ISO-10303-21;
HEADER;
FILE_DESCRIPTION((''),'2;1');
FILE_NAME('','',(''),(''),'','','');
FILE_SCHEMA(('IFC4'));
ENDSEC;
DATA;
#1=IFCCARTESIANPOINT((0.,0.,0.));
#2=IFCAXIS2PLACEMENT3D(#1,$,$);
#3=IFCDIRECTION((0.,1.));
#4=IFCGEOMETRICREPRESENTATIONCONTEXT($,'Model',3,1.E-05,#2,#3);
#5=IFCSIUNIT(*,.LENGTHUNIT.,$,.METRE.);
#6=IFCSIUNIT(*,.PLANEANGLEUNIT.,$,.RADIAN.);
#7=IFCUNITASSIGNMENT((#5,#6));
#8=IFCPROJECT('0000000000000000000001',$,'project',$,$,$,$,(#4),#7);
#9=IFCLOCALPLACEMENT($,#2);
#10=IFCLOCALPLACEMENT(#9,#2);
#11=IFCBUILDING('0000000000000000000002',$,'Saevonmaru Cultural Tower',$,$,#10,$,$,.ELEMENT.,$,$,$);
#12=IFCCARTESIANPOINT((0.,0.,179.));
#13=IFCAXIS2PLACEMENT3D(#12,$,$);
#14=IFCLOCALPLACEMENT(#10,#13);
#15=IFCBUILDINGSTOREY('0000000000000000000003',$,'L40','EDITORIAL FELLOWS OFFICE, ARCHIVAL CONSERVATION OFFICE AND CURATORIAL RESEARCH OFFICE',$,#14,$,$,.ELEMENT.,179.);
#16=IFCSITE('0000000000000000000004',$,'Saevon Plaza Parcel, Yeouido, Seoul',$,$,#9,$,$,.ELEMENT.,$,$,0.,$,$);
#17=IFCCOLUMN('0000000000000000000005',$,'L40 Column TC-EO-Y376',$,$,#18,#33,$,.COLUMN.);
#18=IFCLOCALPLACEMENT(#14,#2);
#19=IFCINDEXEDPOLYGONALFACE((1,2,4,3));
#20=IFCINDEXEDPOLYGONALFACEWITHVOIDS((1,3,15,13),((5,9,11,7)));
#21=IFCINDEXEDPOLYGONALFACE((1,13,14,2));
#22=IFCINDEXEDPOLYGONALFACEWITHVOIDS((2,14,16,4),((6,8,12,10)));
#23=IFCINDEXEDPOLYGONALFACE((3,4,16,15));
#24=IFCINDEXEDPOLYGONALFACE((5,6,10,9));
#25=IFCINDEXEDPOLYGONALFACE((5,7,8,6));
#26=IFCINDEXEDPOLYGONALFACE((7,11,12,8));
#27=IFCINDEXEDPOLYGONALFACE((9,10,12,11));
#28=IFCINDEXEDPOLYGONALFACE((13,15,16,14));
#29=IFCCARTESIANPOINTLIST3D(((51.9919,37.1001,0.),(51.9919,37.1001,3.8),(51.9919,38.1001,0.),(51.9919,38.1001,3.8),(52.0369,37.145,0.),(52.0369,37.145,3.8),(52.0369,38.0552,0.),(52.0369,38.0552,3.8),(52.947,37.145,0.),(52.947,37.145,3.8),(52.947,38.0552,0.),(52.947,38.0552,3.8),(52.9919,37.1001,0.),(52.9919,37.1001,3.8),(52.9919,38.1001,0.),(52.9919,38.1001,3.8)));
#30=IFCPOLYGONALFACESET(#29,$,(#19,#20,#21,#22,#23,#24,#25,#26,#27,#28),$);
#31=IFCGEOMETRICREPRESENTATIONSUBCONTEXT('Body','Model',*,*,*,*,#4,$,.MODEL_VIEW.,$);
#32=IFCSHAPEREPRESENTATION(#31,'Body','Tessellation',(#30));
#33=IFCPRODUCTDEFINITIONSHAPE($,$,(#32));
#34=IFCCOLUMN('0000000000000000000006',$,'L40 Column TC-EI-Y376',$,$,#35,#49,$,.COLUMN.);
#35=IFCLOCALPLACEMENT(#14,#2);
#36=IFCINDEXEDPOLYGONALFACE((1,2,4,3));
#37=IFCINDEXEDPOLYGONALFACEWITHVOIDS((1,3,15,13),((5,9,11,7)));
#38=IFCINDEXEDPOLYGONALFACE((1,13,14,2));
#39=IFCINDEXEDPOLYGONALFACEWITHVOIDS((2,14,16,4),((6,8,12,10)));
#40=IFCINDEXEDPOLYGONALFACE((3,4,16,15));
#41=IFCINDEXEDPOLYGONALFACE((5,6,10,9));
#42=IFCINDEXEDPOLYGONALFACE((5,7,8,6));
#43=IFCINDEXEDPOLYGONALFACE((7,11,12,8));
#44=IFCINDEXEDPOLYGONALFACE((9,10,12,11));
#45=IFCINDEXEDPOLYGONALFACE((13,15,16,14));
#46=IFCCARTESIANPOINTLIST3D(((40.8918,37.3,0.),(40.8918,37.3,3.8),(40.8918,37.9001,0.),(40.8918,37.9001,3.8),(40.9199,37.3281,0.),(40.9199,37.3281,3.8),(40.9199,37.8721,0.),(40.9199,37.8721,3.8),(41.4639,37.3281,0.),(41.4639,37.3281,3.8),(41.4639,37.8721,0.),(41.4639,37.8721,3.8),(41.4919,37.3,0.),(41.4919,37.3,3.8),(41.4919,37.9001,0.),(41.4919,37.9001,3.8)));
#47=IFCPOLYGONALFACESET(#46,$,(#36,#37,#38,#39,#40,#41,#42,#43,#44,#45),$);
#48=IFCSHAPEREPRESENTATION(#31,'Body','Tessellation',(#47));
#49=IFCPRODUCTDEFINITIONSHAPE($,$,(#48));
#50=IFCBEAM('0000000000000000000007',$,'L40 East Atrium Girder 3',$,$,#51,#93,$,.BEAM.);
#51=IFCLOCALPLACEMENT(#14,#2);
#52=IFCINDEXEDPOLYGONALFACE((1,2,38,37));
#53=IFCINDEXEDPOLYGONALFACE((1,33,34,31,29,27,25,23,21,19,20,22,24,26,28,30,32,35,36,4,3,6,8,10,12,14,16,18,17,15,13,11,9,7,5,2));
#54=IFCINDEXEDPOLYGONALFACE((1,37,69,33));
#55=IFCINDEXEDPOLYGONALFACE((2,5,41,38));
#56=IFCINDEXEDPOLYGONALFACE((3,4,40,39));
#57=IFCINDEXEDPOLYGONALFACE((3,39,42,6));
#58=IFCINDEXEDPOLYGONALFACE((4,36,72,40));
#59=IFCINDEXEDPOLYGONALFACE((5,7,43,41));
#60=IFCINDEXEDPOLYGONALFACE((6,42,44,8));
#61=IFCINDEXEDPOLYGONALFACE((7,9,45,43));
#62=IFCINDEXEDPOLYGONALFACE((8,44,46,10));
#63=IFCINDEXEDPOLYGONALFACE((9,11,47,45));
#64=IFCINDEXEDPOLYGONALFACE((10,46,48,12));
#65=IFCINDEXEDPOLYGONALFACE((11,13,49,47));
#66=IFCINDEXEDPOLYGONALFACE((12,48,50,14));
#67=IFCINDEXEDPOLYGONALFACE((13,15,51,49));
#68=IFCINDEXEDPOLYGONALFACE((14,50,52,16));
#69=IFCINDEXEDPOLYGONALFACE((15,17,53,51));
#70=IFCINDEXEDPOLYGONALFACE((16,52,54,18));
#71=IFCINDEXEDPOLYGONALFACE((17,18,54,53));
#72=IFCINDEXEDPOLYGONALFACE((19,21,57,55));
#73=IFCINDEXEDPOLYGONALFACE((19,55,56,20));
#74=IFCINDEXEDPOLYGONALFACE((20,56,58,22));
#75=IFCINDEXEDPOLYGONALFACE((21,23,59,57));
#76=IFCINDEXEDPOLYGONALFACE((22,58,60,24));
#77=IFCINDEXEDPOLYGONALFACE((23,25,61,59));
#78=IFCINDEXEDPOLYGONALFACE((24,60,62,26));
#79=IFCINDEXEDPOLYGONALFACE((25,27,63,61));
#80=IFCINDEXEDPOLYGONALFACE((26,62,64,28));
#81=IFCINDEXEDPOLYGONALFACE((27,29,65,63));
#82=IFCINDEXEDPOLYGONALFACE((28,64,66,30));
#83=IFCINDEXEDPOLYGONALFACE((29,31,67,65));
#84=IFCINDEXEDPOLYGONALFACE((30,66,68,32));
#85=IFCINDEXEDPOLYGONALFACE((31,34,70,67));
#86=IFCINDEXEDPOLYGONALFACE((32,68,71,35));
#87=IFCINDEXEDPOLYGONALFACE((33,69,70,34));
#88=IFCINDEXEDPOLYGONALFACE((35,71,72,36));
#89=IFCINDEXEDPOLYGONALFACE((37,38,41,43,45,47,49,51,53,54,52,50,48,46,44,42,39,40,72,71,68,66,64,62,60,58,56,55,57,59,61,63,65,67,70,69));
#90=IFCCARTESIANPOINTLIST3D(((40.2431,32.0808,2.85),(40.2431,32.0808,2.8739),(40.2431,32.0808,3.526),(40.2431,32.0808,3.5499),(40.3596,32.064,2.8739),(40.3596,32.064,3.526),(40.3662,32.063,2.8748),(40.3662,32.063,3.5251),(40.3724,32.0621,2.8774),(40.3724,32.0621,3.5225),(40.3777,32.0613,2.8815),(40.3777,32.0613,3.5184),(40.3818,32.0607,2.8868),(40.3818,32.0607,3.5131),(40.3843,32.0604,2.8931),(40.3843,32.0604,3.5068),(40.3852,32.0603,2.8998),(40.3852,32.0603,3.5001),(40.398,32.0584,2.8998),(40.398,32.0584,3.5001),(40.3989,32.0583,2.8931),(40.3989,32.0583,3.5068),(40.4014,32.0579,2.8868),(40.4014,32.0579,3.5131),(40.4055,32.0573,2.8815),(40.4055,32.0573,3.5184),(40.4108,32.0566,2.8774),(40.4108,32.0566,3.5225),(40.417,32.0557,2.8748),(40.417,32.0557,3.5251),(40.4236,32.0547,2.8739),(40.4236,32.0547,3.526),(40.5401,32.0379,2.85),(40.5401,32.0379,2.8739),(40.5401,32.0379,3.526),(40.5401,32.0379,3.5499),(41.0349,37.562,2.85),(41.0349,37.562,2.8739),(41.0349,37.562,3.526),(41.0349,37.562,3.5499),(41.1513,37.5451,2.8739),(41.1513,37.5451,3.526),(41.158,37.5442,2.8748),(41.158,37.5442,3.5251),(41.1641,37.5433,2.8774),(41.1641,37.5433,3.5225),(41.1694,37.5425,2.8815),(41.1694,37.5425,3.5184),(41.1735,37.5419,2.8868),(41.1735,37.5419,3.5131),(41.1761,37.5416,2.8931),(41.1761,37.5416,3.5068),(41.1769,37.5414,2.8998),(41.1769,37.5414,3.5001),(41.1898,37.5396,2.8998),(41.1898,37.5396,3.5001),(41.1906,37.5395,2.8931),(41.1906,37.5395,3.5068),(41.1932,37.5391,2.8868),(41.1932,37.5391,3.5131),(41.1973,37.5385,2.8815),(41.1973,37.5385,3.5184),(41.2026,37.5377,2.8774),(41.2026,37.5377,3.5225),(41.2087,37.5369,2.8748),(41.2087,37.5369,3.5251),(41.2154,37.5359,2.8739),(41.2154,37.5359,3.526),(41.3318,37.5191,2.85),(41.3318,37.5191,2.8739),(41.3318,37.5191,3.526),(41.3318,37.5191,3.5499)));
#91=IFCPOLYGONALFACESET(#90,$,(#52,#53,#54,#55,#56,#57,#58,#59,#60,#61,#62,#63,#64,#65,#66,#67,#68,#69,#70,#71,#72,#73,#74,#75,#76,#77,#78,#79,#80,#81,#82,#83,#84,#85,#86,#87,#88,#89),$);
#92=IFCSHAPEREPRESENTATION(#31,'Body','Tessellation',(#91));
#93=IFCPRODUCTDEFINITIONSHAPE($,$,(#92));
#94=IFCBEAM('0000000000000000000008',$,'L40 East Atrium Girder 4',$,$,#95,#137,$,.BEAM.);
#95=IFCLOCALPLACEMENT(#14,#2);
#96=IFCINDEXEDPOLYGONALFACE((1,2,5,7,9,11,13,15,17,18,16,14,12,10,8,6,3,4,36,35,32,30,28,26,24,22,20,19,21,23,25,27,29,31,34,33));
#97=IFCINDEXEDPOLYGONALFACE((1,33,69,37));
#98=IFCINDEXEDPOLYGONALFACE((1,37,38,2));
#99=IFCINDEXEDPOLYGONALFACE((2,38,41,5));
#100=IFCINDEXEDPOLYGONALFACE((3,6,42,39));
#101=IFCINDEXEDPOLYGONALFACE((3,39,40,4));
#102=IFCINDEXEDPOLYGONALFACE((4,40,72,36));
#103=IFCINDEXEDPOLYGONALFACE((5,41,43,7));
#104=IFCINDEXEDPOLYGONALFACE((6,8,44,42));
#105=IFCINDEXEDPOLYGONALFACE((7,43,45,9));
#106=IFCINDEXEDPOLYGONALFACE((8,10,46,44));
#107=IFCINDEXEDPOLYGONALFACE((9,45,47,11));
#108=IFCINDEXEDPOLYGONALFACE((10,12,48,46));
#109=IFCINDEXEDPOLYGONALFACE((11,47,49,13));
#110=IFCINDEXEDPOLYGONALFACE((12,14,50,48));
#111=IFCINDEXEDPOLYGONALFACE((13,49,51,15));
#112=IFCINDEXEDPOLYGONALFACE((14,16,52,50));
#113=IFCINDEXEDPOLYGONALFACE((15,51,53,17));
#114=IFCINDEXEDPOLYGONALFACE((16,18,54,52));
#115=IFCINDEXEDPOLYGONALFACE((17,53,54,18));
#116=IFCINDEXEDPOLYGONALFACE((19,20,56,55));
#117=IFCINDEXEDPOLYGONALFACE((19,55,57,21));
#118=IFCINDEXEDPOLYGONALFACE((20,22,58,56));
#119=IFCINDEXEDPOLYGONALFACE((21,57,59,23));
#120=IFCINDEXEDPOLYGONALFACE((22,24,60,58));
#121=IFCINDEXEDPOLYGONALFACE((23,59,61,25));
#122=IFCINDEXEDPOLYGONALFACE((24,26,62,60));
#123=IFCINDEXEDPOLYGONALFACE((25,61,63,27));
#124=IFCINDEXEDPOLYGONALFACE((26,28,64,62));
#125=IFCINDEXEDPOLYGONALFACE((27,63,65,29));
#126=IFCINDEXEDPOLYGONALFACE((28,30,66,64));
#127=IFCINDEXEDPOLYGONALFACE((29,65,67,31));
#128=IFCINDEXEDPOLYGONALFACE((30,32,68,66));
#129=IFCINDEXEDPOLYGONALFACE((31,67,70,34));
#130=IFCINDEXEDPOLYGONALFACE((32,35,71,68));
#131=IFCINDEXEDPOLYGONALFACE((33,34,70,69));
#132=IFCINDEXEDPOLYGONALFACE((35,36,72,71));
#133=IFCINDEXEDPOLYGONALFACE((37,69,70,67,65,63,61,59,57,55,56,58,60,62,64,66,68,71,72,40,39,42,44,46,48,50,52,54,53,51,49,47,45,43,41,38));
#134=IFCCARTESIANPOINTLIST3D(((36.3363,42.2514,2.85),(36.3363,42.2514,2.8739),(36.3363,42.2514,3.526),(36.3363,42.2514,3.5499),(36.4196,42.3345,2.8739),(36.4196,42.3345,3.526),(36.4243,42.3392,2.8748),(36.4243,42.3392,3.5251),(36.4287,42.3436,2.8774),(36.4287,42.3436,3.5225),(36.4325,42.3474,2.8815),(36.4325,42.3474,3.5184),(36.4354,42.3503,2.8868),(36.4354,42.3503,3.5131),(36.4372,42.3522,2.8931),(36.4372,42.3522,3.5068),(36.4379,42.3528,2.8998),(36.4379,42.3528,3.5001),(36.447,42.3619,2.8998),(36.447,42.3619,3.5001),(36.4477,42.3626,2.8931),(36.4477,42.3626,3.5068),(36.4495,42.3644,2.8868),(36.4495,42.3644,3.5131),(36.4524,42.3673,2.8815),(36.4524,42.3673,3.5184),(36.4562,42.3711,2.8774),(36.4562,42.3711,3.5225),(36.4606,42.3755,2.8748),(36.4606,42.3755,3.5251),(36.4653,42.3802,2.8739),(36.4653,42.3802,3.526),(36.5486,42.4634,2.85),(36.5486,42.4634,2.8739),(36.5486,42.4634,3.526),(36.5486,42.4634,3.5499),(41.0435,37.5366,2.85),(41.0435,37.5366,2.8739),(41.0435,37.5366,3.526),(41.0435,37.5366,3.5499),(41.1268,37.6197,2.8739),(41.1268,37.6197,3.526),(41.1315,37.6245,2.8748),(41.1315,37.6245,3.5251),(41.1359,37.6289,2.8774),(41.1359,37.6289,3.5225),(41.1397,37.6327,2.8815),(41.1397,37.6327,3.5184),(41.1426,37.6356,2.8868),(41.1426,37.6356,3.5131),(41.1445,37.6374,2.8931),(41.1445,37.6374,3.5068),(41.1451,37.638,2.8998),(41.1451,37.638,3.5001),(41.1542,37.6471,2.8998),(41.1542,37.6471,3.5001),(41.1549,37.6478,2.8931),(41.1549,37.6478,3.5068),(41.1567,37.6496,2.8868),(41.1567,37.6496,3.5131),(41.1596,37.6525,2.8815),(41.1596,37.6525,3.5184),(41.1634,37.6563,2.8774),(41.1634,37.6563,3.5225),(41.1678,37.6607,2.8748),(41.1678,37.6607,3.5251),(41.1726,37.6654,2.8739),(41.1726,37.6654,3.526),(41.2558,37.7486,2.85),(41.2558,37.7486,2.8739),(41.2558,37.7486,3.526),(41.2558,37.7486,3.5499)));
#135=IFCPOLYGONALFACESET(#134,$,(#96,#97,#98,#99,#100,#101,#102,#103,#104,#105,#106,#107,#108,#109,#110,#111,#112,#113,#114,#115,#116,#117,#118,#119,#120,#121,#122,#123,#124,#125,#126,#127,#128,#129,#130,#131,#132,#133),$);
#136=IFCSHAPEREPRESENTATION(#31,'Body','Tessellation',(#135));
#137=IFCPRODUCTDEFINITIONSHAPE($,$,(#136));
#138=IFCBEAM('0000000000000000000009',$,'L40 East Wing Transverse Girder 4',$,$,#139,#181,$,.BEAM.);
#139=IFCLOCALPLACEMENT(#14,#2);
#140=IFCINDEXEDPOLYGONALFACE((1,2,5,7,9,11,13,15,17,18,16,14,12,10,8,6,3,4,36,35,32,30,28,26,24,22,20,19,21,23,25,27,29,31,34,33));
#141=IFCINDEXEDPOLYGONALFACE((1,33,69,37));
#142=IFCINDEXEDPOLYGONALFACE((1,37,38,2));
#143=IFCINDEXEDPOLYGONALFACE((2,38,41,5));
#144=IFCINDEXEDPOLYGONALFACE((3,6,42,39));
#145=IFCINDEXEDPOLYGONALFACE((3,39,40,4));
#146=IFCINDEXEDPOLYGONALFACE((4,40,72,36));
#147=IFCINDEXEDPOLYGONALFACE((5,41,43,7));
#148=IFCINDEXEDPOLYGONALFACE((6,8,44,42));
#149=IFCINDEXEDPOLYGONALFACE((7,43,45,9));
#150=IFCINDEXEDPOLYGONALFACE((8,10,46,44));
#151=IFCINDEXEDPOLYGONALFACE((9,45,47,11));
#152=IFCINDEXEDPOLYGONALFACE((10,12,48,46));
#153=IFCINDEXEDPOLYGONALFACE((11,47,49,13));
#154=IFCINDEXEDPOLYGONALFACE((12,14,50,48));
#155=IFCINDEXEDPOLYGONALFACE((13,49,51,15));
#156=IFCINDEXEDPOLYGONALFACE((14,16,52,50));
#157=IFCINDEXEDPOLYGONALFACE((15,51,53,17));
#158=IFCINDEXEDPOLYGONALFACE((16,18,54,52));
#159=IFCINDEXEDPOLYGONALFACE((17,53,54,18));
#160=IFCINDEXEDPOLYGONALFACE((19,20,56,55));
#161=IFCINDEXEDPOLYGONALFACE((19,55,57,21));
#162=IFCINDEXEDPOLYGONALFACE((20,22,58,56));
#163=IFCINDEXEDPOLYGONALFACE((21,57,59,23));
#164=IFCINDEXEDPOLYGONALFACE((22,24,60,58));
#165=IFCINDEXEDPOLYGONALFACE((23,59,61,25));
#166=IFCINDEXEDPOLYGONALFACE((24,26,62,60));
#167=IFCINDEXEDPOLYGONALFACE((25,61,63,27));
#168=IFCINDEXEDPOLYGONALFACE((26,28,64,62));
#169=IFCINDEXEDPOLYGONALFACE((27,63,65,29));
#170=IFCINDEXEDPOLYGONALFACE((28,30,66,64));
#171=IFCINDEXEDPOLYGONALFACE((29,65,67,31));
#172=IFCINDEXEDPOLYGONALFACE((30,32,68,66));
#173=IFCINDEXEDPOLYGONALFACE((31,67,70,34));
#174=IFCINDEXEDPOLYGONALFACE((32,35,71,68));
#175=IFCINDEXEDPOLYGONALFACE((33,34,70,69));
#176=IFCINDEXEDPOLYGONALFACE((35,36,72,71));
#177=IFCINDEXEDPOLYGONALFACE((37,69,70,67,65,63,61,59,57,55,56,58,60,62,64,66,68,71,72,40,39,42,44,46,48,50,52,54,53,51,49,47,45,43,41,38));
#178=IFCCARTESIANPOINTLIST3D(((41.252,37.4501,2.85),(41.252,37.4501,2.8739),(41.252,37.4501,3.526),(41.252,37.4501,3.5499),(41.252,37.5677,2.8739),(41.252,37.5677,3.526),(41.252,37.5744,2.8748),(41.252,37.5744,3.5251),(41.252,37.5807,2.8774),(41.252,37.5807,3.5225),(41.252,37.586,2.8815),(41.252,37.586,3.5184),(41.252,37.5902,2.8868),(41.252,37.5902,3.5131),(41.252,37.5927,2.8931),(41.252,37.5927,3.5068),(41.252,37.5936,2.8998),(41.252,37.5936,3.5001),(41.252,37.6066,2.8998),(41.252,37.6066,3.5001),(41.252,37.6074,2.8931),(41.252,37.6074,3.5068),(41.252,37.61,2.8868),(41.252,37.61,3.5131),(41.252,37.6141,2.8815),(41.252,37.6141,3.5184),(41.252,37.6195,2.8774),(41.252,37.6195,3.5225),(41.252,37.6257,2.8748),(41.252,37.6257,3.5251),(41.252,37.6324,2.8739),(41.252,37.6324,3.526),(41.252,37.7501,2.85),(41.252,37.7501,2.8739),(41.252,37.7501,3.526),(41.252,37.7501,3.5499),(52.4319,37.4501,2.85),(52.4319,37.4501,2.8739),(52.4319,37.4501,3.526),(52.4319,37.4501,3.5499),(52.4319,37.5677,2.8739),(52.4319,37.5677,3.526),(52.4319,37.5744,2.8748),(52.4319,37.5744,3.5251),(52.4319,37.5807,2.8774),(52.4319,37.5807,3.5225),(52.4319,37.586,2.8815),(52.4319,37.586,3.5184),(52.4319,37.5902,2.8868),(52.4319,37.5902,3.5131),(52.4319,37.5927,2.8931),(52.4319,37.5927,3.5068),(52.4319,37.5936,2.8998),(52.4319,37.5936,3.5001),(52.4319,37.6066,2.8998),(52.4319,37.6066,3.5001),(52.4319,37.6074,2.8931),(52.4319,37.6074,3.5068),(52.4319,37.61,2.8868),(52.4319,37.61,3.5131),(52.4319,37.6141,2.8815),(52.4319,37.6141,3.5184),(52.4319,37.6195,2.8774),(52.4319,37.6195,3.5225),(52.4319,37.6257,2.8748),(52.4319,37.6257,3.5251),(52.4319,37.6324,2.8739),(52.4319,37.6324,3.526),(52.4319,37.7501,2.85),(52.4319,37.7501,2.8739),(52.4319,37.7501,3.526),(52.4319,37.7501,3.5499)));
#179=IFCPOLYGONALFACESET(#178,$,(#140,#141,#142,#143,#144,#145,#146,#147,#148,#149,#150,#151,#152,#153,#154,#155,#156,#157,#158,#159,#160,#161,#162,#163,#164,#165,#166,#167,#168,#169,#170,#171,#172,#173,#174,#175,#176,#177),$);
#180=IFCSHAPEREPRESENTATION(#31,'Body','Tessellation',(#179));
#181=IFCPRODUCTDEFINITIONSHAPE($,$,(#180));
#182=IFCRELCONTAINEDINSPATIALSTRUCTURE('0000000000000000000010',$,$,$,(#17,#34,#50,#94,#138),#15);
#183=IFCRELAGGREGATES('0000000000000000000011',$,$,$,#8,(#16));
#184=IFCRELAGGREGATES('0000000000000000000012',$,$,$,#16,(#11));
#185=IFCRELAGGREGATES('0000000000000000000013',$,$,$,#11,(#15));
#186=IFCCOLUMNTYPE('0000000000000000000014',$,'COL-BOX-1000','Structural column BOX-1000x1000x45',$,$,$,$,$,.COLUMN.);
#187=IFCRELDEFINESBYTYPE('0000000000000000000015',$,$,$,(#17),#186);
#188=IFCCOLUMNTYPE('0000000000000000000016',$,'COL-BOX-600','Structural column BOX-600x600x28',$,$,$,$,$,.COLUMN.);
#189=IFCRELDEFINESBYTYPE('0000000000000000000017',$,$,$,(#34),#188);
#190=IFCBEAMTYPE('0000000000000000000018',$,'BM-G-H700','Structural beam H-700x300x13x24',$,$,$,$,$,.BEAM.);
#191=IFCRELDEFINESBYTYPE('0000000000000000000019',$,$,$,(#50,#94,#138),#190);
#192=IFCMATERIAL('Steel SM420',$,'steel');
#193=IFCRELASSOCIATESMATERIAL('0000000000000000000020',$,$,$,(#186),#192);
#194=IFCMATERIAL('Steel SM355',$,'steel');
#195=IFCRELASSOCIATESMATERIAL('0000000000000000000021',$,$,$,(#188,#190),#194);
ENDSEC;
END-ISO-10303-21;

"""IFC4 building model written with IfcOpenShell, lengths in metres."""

from ifc_helpers import new_model, si_unit, direction, frame, origin, origin_2d, place, context, subcontext, project, spatial, hollow_rectangle, i_section, extrude, material, material_profile, profile_set, type_object, element, save


model = new_model("IFC4")

# Units and contexts
model_context = context("Model", 3, precision=1e-05, world=origin(), true_north=direction((0.0, 1.0)))
body_context = subcontext(model_context, "Body", "Model", "MODEL_VIEW")
ifc_project = project(units=[si_unit("LENGTHUNIT", "METRE"), si_unit("PLANEANGLEUNIT", "RADIAN")], contexts=[model_context])

# Site, building, storey
site_placement = place(None, origin())
site = spatial("IfcSite", under=ifc_project, at=site_placement, Name="Saevon Plaza Parcel, Yeouido, Seoul", CompositionType="ELEMENT", RefElevation=0.0)
building_placement = place(site_placement, origin())
building = spatial("IfcBuilding", under=site, at=building_placement, Name="Saevonmaru Cultural Tower", CompositionType="ELEMENT")
storey_placement = place(building_placement, frame((0.0, 0.0, 179.0)))
storey = spatial("IfcBuildingStorey", under=building, at=storey_placement, Name="L40", Description="EDITORIAL FELLOWS OFFICE, ARCHIVAL CONSERVATION OFFICE AND CURATORIAL RESEARCH OFFICE", CompositionType="ELEMENT", Elevation=179.0)

# Columns
ifc_material_1 = material(Name="Steel SM420", Category="steel")
ifc_material_profile_1 = material_profile(ifc_material_1, hollow_rectangle(XDim=1.0, YDim=1.0, WallThickness=0.0449, at=origin_2d()), Name="BOX-1000x1000x45")
ifc_profile_set_1 = profile_set([ifc_material_profile_1], Name="Steel SM420")
column_type_1 = type_object("IfcColumnType", Name="COL-BOX-1000", Description="Structural column BOX-1000x1000x45", PredefinedType="COLUMN", material=ifc_profile_set_1)
column_1_placement = place(storey_placement, frame((52.4919, 37.6001, 0.0), z_axis=(0.0, 0.0, 1.0), x_axis=(1.0, 0.0, 0.0)))
element("IfcColumn", 1, at=column_1_placement, inside=storey, type_object=column_type_1, Name="L40 Column TC-EO-Y376", PredefinedType="COLUMN", context=body_context, shape_type="SweptSolid", body=[
    extrude(hollow_rectangle(XDim=1.0, YDim=1.0, WallThickness=0.0449, at=origin_2d()), origin(), (0.0, 0.0, 1.0), 3.8),
])
ifc_material_2 = material(Name="Steel SM355", Category="steel")
ifc_material_profile_2 = material_profile(ifc_material_2, hollow_rectangle(XDim=0.6001, YDim=0.6001, WallThickness=0.0281, at=origin_2d()), Name="BOX-600x600x28")
ifc_profile_set_2 = profile_set([ifc_material_profile_2], Name="Steel SM355")
column_type_2 = type_object("IfcColumnType", Name="COL-BOX-600", Description="Structural column BOX-600x600x28", PredefinedType="COLUMN", material=ifc_profile_set_2)
column_2_placement = place(storey_placement, frame((41.1919, 37.6001, 0.0), z_axis=(0.0, 0.0, 1.0), x_axis=(1.0, 0.0, 0.0)))
element("IfcColumn", 2, at=column_2_placement, inside=storey, type_object=column_type_2, Name="L40 Column TC-EI-Y376", PredefinedType="COLUMN", context=body_context, shape_type="SweptSolid", body=[
    extrude(hollow_rectangle(XDim=0.6001, YDim=0.6001, WallThickness=0.0281, at=origin_2d()), origin(), (0.0, 0.0, 1.0), 3.8),
])

# Beams
ifc_material_profile_3 = material_profile(ifc_material_2, i_section(OverallWidth=0.3, OverallDepth=0.7, WebThickness=0.0129, FlangeThickness=0.0239, FilletRadius=0.0259, at=origin_2d()), Name="H-700x300x13x24")
ifc_profile_set_3 = profile_set([ifc_material_profile_3], Name="Steel SM355")
beam_type_1 = type_object("IfcBeamType", Name="BM-G-H700", Description="Structural beam H-700x300x13x24", PredefinedType="BEAM", material=ifc_profile_set_3)
beam_1_placement = place(storey_placement, frame((40.3916, 32.0593, 3.2), z_axis=(0.142964, 0.989728, 0.0), x_axis=(-0.989728, 0.142964, 0.0)))
element("IfcBeam", 3, at=beam_1_placement, inside=storey, type_object=beam_type_1, Name="L40 East Atrium Girder 3", PredefinedType="BEAM", context=body_context, shape_type="SweptSolid", body=[
    extrude(i_section(OverallWidth=0.3, OverallDepth=0.7, WebThickness=0.0129, FlangeThickness=0.0239, FilletRadius=0.0259, at=origin_2d()), origin(), (0.0, 0.0, 1.0), 5.5381),
])
beam_2_placement = place(storey_placement, frame((41.1497, 37.6426, 3.2), z_axis=(-0.706539, 0.707675, 0.0), x_axis=(-0.707675, -0.706539, 0.0)))
element("IfcBeam", 4, at=beam_2_placement, inside=storey, type_object=beam_type_1, Name="L40 East Atrium Girder 4", PredefinedType="BEAM", context=body_context, shape_type="SweptSolid", body=[
    extrude(i_section(OverallWidth=0.3, OverallDepth=0.7, WebThickness=0.0129, FlangeThickness=0.0239, FilletRadius=0.0259, at=origin_2d()), origin(), (0.0, 0.0, 1.0), 6.6624),
])
beam_3_placement = place(storey_placement, frame((41.252, 37.6001, 3.2), z_axis=(1.0, 0.0, 0.0), x_axis=(0.0, 1.0, 0.0)))
element("IfcBeam", 5, at=beam_3_placement, inside=storey, type_object=beam_type_1, Name="L40 East Wing Transverse Girder 4", PredefinedType="BEAM", context=body_context, shape_type="SweptSolid", body=[
    extrude(i_section(OverallWidth=0.3, OverallDepth=0.7, WebThickness=0.0129, FlangeThickness=0.0239, FilletRadius=0.0259, at=origin_2d()), origin(), (0.0, 0.0, 1.0), 11.1799),
])

save(model, "model.ifc")
